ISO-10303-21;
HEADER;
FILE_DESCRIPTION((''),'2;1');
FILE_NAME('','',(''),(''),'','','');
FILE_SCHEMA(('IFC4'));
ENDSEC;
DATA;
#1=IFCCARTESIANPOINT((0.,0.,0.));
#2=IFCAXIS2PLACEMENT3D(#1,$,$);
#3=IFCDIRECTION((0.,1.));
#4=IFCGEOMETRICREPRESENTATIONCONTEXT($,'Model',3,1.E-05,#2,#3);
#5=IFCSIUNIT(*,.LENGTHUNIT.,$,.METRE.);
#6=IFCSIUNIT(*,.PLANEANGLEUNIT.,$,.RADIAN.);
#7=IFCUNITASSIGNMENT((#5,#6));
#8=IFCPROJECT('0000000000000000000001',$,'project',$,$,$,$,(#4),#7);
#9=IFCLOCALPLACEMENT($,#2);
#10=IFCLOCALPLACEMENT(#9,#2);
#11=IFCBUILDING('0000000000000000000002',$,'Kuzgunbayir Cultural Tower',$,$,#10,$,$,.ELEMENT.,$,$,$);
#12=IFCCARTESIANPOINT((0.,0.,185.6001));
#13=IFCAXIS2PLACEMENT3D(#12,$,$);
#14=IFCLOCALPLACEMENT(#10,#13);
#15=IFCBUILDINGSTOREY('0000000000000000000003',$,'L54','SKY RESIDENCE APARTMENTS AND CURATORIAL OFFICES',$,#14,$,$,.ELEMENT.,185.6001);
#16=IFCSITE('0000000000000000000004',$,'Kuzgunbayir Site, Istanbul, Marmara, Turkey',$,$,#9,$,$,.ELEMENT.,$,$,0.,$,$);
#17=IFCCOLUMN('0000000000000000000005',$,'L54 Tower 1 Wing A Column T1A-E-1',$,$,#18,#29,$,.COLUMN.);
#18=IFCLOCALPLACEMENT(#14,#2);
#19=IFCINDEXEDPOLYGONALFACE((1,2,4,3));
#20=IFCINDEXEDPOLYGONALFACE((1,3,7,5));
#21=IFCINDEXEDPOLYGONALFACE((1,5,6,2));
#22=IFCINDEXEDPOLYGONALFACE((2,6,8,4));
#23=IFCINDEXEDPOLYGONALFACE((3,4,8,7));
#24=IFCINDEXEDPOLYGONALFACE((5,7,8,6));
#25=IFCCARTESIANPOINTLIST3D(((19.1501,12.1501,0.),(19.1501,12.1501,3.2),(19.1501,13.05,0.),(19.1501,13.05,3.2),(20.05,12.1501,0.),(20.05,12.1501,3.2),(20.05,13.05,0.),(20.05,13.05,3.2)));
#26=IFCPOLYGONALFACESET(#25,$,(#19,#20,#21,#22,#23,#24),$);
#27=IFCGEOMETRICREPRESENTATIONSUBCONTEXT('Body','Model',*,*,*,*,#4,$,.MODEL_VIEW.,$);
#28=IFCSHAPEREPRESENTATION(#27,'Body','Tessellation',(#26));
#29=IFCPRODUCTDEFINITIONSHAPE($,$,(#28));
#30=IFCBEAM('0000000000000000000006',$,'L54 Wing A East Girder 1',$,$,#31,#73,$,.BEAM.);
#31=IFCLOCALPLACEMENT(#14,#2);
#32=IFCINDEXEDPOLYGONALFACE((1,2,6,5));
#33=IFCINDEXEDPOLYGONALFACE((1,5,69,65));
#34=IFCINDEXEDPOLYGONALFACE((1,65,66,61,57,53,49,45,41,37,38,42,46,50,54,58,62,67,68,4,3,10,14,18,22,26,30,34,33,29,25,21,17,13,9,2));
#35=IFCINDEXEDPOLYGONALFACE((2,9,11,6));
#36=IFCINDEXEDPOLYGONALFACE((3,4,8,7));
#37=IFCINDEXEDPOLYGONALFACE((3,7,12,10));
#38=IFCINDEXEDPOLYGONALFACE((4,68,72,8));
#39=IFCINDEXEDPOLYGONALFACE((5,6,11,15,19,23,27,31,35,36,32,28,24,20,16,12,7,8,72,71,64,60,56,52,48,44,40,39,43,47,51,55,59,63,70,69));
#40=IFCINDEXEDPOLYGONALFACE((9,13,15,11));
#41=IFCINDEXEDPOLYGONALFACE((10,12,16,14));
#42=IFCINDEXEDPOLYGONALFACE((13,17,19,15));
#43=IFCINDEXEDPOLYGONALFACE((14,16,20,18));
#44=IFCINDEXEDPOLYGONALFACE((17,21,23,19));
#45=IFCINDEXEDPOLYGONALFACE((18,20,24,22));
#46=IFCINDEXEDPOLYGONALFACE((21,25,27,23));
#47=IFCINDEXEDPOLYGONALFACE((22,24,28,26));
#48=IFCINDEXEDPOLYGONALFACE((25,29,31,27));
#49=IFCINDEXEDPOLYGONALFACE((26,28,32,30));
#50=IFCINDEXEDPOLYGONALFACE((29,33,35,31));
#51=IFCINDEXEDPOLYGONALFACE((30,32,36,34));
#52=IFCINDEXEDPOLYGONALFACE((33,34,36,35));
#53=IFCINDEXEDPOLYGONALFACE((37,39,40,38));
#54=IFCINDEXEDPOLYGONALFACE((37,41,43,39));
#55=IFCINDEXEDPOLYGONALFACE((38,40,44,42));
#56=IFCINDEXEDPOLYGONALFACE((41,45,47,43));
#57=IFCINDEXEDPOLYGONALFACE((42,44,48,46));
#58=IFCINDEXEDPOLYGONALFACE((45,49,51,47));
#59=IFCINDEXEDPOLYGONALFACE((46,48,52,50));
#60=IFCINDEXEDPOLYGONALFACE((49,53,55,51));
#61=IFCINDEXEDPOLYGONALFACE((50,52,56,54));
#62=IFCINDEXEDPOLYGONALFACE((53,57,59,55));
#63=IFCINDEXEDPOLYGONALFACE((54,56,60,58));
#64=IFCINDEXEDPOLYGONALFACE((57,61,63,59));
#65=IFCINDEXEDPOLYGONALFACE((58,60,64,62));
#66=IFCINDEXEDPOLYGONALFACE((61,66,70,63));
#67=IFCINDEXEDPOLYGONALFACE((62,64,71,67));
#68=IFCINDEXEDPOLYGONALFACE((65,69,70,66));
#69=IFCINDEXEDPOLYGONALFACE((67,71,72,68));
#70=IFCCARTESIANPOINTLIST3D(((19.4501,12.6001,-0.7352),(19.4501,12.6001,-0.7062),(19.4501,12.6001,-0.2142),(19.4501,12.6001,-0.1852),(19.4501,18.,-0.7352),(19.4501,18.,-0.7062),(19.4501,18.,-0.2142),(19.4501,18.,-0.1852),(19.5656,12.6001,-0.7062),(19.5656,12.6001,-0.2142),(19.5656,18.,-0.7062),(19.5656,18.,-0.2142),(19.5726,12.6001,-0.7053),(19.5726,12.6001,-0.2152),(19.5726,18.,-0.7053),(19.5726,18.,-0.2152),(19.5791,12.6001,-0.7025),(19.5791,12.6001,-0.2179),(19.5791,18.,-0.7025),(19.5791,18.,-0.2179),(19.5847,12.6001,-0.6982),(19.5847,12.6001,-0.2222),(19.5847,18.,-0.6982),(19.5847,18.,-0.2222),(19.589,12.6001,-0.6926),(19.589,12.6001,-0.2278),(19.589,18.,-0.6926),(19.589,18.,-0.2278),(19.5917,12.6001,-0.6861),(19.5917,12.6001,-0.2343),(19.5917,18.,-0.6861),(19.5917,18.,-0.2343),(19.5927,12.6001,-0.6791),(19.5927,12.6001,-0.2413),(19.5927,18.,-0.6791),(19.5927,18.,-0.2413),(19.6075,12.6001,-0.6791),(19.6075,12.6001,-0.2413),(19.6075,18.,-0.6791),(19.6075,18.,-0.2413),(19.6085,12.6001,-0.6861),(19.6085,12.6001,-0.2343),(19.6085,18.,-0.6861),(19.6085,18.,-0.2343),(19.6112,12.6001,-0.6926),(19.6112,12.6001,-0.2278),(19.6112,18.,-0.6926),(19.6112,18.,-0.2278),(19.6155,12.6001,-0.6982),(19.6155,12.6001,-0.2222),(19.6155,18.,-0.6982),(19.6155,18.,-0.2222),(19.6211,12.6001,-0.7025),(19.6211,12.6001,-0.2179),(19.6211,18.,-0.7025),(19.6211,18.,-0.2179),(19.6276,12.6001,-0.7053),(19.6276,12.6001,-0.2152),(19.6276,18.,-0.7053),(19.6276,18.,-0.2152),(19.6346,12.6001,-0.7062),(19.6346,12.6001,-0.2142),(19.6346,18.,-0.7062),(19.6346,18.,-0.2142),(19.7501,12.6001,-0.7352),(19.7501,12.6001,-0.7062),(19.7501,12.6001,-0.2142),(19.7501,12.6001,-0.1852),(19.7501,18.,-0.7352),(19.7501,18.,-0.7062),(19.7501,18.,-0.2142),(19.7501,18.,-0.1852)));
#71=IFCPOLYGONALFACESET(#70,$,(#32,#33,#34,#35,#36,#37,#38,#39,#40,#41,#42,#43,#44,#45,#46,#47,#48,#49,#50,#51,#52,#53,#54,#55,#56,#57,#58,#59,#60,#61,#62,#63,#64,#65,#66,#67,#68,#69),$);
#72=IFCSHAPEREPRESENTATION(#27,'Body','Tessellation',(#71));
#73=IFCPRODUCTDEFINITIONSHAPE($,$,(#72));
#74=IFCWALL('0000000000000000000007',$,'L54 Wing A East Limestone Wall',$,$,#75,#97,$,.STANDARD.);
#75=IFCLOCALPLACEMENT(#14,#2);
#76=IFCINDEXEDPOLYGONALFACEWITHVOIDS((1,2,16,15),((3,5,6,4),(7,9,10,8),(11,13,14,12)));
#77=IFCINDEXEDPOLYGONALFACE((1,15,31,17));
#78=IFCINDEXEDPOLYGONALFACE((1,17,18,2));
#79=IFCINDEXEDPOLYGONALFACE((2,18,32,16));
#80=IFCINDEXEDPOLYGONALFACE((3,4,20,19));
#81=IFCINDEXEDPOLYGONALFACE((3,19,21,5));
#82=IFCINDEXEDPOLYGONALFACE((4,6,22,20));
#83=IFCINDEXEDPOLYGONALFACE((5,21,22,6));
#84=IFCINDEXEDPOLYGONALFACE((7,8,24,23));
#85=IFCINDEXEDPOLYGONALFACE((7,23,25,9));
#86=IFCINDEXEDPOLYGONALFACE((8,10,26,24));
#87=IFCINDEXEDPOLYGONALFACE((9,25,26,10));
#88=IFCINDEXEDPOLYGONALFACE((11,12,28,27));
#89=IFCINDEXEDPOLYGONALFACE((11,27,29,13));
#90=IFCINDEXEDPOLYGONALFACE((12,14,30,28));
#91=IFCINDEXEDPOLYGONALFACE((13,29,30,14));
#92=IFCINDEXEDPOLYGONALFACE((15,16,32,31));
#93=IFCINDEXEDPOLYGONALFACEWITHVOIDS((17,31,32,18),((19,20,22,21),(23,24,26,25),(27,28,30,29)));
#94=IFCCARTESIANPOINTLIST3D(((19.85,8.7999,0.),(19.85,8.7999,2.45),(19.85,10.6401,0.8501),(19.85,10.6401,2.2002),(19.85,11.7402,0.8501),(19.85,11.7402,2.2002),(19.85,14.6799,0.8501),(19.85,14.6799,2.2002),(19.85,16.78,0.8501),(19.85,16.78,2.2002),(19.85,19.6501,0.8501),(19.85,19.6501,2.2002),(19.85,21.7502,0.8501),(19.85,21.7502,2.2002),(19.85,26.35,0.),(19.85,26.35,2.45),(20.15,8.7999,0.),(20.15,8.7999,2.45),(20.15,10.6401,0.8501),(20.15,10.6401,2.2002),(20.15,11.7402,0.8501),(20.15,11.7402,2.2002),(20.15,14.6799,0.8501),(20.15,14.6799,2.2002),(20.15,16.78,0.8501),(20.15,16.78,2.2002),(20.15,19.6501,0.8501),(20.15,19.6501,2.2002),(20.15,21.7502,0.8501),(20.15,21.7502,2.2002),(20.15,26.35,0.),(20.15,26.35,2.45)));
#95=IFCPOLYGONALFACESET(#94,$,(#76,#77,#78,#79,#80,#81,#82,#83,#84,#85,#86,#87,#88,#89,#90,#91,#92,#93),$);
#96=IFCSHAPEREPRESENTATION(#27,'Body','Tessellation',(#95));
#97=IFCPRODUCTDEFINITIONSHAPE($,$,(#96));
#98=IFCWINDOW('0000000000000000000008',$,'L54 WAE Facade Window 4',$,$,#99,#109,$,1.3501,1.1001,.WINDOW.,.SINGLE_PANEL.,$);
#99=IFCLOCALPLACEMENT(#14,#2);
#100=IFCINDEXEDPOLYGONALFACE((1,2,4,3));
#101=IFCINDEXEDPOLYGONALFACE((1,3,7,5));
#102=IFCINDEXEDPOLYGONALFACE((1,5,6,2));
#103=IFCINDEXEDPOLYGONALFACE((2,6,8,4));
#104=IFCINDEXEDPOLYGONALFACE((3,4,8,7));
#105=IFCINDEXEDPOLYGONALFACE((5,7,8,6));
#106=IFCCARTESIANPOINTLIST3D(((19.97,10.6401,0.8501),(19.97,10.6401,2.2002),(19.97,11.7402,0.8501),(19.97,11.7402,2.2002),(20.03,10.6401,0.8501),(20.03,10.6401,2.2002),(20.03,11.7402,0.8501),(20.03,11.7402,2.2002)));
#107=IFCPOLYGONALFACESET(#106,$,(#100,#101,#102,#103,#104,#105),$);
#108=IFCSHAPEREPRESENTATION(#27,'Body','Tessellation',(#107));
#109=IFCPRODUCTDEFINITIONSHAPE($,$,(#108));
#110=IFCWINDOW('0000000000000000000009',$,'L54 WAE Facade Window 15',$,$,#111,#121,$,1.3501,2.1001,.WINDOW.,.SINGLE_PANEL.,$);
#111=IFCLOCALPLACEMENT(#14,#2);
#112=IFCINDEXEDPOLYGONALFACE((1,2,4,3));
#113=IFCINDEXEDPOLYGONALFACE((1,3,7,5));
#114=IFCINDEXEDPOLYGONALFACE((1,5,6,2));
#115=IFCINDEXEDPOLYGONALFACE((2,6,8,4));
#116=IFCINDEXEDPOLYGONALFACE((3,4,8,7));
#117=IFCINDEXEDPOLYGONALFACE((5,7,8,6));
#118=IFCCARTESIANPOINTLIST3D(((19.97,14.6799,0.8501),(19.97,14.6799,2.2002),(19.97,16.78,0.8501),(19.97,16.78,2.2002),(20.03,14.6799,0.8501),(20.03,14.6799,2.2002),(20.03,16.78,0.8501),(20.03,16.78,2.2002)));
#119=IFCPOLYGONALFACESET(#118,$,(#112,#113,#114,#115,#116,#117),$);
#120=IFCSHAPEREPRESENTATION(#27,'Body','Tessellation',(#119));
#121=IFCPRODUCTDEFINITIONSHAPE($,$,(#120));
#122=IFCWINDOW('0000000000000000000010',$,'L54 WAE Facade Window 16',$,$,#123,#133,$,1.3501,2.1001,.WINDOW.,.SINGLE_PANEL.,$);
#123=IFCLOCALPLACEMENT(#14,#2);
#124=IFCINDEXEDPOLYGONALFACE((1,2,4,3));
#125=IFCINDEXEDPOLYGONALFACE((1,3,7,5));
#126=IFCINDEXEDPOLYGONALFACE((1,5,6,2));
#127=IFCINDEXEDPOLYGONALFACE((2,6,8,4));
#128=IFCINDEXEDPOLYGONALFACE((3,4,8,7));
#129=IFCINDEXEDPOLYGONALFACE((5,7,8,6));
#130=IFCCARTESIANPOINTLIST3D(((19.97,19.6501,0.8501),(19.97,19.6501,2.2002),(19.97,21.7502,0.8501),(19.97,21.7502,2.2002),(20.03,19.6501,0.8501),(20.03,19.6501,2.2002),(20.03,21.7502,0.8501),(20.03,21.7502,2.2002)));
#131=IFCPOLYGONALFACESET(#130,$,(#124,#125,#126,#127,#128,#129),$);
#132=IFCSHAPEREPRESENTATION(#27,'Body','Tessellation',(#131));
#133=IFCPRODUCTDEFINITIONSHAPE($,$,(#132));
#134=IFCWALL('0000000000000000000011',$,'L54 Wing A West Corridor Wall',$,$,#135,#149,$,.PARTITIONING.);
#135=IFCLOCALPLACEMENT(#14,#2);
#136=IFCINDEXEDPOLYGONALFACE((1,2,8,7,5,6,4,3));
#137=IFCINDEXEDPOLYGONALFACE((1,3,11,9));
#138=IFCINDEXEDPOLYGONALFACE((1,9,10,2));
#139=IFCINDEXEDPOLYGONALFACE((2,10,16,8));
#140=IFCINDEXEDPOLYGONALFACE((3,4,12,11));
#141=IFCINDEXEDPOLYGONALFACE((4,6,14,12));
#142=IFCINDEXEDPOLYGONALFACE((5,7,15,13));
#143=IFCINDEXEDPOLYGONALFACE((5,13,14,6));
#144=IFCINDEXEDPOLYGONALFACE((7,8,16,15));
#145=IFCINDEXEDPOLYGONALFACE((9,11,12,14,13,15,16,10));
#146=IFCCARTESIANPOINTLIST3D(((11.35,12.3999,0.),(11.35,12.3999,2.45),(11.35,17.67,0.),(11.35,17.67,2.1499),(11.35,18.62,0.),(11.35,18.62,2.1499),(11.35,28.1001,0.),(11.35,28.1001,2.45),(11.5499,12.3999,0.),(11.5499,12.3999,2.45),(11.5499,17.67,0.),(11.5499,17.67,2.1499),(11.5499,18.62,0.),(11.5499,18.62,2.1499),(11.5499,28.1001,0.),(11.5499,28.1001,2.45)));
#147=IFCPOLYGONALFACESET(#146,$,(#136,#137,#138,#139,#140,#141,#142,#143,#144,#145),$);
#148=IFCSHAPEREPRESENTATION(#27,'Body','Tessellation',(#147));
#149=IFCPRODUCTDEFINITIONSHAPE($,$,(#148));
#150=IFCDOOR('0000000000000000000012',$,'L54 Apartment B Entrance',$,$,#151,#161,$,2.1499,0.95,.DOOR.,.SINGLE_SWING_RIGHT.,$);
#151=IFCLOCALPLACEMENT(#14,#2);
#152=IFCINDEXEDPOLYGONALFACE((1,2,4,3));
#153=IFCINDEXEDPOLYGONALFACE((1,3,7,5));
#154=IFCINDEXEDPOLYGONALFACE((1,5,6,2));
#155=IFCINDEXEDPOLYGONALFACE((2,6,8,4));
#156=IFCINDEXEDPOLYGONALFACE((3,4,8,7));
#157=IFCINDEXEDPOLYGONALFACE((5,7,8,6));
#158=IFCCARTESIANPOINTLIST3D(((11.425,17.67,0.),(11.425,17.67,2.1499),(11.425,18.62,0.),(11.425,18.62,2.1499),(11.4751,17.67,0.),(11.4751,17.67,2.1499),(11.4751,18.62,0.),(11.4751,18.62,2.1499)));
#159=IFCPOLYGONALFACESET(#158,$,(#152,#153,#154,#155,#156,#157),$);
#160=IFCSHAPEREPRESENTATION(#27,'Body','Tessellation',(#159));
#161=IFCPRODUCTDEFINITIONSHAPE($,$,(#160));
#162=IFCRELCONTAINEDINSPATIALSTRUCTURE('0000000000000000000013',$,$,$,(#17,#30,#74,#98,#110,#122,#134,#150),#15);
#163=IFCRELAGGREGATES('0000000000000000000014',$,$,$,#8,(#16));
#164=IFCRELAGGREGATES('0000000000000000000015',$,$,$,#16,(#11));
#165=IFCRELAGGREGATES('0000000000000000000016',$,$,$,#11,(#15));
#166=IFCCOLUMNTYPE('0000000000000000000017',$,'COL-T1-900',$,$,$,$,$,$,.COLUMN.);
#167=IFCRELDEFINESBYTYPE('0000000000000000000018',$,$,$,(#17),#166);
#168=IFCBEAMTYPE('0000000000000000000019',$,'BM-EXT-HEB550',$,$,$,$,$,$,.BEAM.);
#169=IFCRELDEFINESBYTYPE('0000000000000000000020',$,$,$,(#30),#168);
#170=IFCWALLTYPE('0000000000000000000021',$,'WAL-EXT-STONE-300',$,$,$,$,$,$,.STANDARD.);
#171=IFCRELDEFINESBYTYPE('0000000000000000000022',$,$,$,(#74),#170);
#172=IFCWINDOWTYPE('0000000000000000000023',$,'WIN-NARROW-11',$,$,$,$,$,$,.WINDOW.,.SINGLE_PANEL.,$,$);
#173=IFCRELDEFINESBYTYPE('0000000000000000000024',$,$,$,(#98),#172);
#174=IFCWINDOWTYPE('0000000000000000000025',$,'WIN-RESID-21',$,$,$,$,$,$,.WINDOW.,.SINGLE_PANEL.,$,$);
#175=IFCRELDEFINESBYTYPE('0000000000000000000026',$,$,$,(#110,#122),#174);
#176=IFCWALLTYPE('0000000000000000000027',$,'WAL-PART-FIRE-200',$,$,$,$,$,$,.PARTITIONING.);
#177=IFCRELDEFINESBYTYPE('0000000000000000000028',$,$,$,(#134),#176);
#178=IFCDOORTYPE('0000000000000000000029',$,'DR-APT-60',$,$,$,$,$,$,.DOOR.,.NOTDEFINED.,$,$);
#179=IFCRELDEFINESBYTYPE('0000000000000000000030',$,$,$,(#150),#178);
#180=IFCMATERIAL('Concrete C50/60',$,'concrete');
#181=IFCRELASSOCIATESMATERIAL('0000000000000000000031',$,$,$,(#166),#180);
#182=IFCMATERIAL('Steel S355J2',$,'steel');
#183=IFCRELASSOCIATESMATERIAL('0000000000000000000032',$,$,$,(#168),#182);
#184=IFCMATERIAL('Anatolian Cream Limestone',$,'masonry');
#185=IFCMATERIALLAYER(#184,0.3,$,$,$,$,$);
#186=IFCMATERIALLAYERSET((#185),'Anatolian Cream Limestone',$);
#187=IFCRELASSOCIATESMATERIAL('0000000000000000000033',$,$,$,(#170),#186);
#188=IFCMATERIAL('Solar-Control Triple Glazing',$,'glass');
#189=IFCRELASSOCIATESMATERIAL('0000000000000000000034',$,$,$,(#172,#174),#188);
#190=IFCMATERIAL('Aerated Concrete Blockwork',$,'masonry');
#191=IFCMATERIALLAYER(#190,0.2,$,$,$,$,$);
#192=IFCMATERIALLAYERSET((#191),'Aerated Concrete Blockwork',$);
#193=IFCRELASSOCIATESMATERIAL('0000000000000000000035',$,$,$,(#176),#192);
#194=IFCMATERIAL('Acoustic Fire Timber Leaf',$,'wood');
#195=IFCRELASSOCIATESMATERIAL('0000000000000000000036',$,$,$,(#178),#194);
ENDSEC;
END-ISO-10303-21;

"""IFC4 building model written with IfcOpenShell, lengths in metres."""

from ifc_helpers import new_model, si_unit, direction, frame, frame_2d, origin, origin_2d, place, context, subcontext, project, spatial, rectangle, i_section, extrude, material, layer, layer_set, material_profile, profile_set, type_object, element, fill, save


model = new_model("IFC4")

# Units and contexts
model_context = context("Model", 3, precision=1e-05, world=origin(), true_north=direction((0.0, 1.0)))
body_context = subcontext(model_context, "Body", "Model", "MODEL_VIEW")
ifc_project = project(units=[si_unit("LENGTHUNIT", "METRE"), si_unit("PLANEANGLEUNIT", "RADIAN")], contexts=[model_context])

# Site, building, storey
site_placement = place(None, origin())
site = spatial("IfcSite", under=ifc_project, at=site_placement, Name="Kuzgunbayir Site, Istanbul, Marmara, Turkey", CompositionType="ELEMENT", RefElevation=0.0)
building_placement = place(site_placement, origin())
building = spatial("IfcBuilding", under=site, at=building_placement, Name="Kuzgunbayir Cultural Tower", CompositionType="ELEMENT")
storey_placement = place(building_placement, frame((0.0, 0.0, 185.6001)))
storey = spatial("IfcBuildingStorey", under=building, at=storey_placement, Name="L54", Description="SKY RESIDENCE APARTMENTS AND CURATORIAL OFFICES", CompositionType="ELEMENT", Elevation=185.6001)

# Column
ifc_material_1 = material(Name="Concrete C50/60", Category="concrete")
ifc_material_profile_1 = material_profile(ifc_material_1, rectangle(XDim=0.8999, YDim=0.8999, at=origin_2d()), Name="RC 900x900")
ifc_profile_set_1 = profile_set([ifc_material_profile_1], Name="Concrete C50/60")
column_type = type_object("IfcColumnType", Name="COL-T1-900", PredefinedType="COLUMN", material=ifc_profile_set_1)
column_placement = place(storey_placement, frame((19.6001, 12.6001, 0.0), z_axis=(0.0, 0.0, 1.0), x_axis=(1.0, 0.0, 0.0)))
element("IfcColumn", 1, at=column_placement, inside=storey, type_object=column_type, Name="L54 Tower 1 Wing A Column T1A-E-1", PredefinedType="COLUMN", context=body_context, shape_type="SweptSolid", body=[
    extrude(rectangle(XDim=0.8999, YDim=0.8999, at=origin_2d()), origin(), (0.0, 0.0, 1.0), 3.2),
])

# Beam
ifc_material_2 = material(Name="Steel S355J2", Category="steel")
ifc_material_profile_2 = material_profile(ifc_material_2, i_section(OverallWidth=0.3, OverallDepth=0.55, WebThickness=0.0149, FlangeThickness=0.0291, FilletRadius=0.0271, at=origin_2d()), Name="HEB 550")
ifc_profile_set_2 = profile_set([ifc_material_profile_2], Name="Steel S355J2")
beam_type = type_object("IfcBeamType", Name="BM-EXT-HEB550", PredefinedType="BEAM", material=ifc_profile_set_2)
beam_placement = place(storey_placement, frame((19.6001, 12.6001, -0.4602), z_axis=(0.0, 1.0, 0.0), x_axis=(-1.0, 0.0, 0.0)))
element("IfcBeam", 2, at=beam_placement, inside=storey, type_object=beam_type, Name="L54 Wing A East Girder 1", PredefinedType="BEAM", context=body_context, shape_type="SweptSolid", body=[
    extrude(i_section(OverallWidth=0.3, OverallDepth=0.55, WebThickness=0.0149, FlangeThickness=0.0291, FilletRadius=0.0271, at=origin_2d()), origin(), (0.0, 0.0, 1.0), 5.3999),
])

# Wall, openings, windows
ifc_material_3 = material(Name="Anatolian Cream Limestone", Category="masonry")
ifc_layer_1 = layer(ifc_material_3, 0.3)
ifc_layer_set_1 = layer_set([ifc_layer_1], Name="Anatolian Cream Limestone")
wall_type_1 = type_object("IfcWallType", Name="WAL-EXT-STONE-300", PredefinedType="STANDARD", material=ifc_layer_set_1)
wall_1_placement = place(storey_placement, frame((20.0, 8.8, 0.0), z_axis=(0.0, 0.0, 1.0), x_axis=(0.0, 1.0, 0.0)))
wall_1 = element("IfcWall", 3, at=wall_1_placement, inside=storey, type_object=wall_type_1, Name="L54 Wing A East Limestone Wall", PredefinedType="STANDARD", context=body_context, shape_type="SweptSolid", body=[
    extrude(rectangle(XDim=17.55, YDim=0.3, at=frame_2d((8.7749, 0.0))), origin(), (0.0, 0.0, 1.0), 2.45),
])
opening_1_placement = place(wall_1_placement, frame((1.8401, 0.0, 0.8501)))
opening_1 = element("IfcOpeningElement", 4, at=opening_1_placement, cuts=wall_1, PredefinedType="OPENING", context=body_context, shape_type="SweptSolid", body=[
    extrude(rectangle(XDim=1.1001, YDim=1.3501, at=frame_2d((0.55, 0.675))), frame((0.0, 0.1602, 0.0), z_axis=(0.0, -1.0, 0.0), x_axis=(1.0, 0.0, 0.0)), (0.0, 0.0, 1.0), 0.3201),
])
opening_2_placement = place(wall_1_placement, frame((5.8799, 0.0, 0.8501)))
opening_2 = element("IfcOpeningElement", 5, at=opening_2_placement, cuts=wall_1, PredefinedType="OPENING", context=body_context, shape_type="SweptSolid", body=[
    extrude(rectangle(XDim=2.1001, YDim=1.3501, at=frame_2d((1.05, 0.675))), frame((0.0, 0.1602, 0.0), z_axis=(0.0, -1.0, 0.0), x_axis=(1.0, 0.0, 0.0)), (0.0, 0.0, 1.0), 0.3201),
])
opening_3_placement = place(wall_1_placement, frame((10.8501, 0.0, 0.8501)))
opening_3 = element("IfcOpeningElement", 6, at=opening_3_placement, cuts=wall_1, PredefinedType="OPENING", context=body_context, shape_type="SweptSolid", body=[
    extrude(rectangle(XDim=2.1001, YDim=1.3501, at=frame_2d((1.05, 0.675))), frame((0.0, 0.1602, 0.0), z_axis=(0.0, -1.0, 0.0), x_axis=(1.0, 0.0, 0.0)), (0.0, 0.0, 1.0), 0.3201),
])
ifc_material_4 = material(Name="Solar-Control Triple Glazing", Category="glass")
window_type_1 = type_object("IfcWindowType", Name="WIN-NARROW-11", PartitioningType="SINGLE_PANEL", PredefinedType="WINDOW", material=ifc_material_4)
window_1_placement = place(opening_1_placement, origin())
window_1 = element("IfcWindow", 7, at=window_1_placement, inside=storey, type_object=window_type_1, Name="L54 WAE Facade Window 4", OverallHeight=1.3501, OverallWidth=1.1001, PartitioningType="SINGLE_PANEL", PredefinedType="WINDOW", context=body_context, shape_type="SweptSolid", body=[
    extrude(rectangle(XDim=1.1001, YDim=1.3501, at=frame_2d((0.55, 0.675))), frame((0.0, 0.03, 0.0), z_axis=(0.0, -1.0, 0.0), x_axis=(1.0, 0.0, 0.0)), (0.0, 0.0, 1.0), 0.0601),
])
fill(opening_1, window_1)
window_type_2 = type_object("IfcWindowType", Name="WIN-RESID-21", PartitioningType="SINGLE_PANEL", PredefinedType="WINDOW", material=ifc_material_4)
window_2_placement = place(opening_2_placement, origin())
window_2 = element("IfcWindow", 8, at=window_2_placement, inside=storey, type_object=window_type_2, Name="L54 WAE Facade Window 15", OverallHeight=1.3501, OverallWidth=2.1001, PartitioningType="SINGLE_PANEL", PredefinedType="WINDOW", context=body_context, shape_type="SweptSolid", body=[
    extrude(rectangle(XDim=2.1001, YDim=1.3501, at=frame_2d((1.05, 0.675))), frame((0.0, 0.03, 0.0), z_axis=(0.0, -1.0, 0.0), x_axis=(1.0, 0.0, 0.0)), (0.0, 0.0, 1.0), 0.0601),
])
fill(opening_2, window_2)
window_3_placement = place(opening_3_placement, origin())
window_3 = element("IfcWindow", 9, at=window_3_placement, inside=storey, type_object=window_type_2, Name="L54 WAE Facade Window 16", OverallHeight=1.3501, OverallWidth=2.1001, PartitioningType="SINGLE_PANEL", PredefinedType="WINDOW", context=body_context, shape_type="SweptSolid", body=[
    extrude(rectangle(XDim=2.1001, YDim=1.3501, at=frame_2d((1.05, 0.675))), frame((0.0, 0.03, 0.0), z_axis=(0.0, -1.0, 0.0), x_axis=(1.0, 0.0, 0.0)), (0.0, 0.0, 1.0), 0.0601),
])
fill(opening_3, window_3)

# Wall, opening, door
ifc_material_5 = material(Name="Aerated Concrete Blockwork", Category="masonry")
ifc_layer_2 = layer(ifc_material_5, 0.2)
ifc_layer_set_2 = layer_set([ifc_layer_2], Name="Aerated Concrete Blockwork")
wall_type_2 = type_object("IfcWallType", Name="WAL-PART-FIRE-200", PredefinedType="PARTITIONING", material=ifc_layer_set_2)
wall_2_placement = place(storey_placement, frame((11.45, 12.3999, 0.0), z_axis=(0.0, 0.0, 1.0), x_axis=(0.0, 1.0, 0.0)))
wall_2 = element("IfcWall", 10, at=wall_2_placement, inside=storey, type_object=wall_type_2, Name="L54 Wing A West Corridor Wall", PredefinedType="PARTITIONING", context=body_context, shape_type="SweptSolid", body=[
    extrude(rectangle(XDim=15.7002, YDim=0.2, at=frame_2d((7.8501, 0.0))), origin(), (0.0, 0.0, 1.0), 2.45),
])
opening_4_placement = place(wall_2_placement, frame((5.27, 0.0, 0.0)))
opening_4 = element("IfcOpeningElement", 11, at=opening_4_placement, cuts=wall_2, PredefinedType="OPENING", context=body_context, shape_type="SweptSolid", body=[
    extrude(rectangle(XDim=0.95, YDim=2.1499, at=frame_2d((0.4751, 1.075))), frame((0.0, 0.1099, 0.0), z_axis=(0.0, -1.0, 0.0), x_axis=(1.0, 0.0, 0.0)), (0.0, 0.0, 1.0), 0.22),
])
ifc_material_6 = material(Name="Acoustic Fire Timber Leaf", Category="wood")
door_type_1 = type_object("IfcDoorType", Name="DR-APT-60", OperationType="NOTDEFINED", PredefinedType="DOOR", material=ifc_material_6)
door_1_placement = place(opening_4_placement, origin())
door_1 = element("IfcDoor", 12, at=door_1_placement, inside=storey, type_object=door_type_1, Name="L54 Apartment B Entrance", OperationType="SINGLE_SWING_RIGHT", OverallHeight=2.1499, OverallWidth=0.95, PredefinedType="DOOR", context=body_context, shape_type="SweptSolid", body=[
    extrude(rectangle(XDim=0.95, YDim=2.1499, at=frame_2d((0.4751, 1.075))), frame((0.0, 0.0249, 0.0), z_axis=(0.0, -1.0, 0.0), x_axis=(1.0, 0.0, 0.0)), (0.0, 0.0, 1.0), 0.05),
])
fill(opening_4, door_1)

save(model, "model.ifc")
